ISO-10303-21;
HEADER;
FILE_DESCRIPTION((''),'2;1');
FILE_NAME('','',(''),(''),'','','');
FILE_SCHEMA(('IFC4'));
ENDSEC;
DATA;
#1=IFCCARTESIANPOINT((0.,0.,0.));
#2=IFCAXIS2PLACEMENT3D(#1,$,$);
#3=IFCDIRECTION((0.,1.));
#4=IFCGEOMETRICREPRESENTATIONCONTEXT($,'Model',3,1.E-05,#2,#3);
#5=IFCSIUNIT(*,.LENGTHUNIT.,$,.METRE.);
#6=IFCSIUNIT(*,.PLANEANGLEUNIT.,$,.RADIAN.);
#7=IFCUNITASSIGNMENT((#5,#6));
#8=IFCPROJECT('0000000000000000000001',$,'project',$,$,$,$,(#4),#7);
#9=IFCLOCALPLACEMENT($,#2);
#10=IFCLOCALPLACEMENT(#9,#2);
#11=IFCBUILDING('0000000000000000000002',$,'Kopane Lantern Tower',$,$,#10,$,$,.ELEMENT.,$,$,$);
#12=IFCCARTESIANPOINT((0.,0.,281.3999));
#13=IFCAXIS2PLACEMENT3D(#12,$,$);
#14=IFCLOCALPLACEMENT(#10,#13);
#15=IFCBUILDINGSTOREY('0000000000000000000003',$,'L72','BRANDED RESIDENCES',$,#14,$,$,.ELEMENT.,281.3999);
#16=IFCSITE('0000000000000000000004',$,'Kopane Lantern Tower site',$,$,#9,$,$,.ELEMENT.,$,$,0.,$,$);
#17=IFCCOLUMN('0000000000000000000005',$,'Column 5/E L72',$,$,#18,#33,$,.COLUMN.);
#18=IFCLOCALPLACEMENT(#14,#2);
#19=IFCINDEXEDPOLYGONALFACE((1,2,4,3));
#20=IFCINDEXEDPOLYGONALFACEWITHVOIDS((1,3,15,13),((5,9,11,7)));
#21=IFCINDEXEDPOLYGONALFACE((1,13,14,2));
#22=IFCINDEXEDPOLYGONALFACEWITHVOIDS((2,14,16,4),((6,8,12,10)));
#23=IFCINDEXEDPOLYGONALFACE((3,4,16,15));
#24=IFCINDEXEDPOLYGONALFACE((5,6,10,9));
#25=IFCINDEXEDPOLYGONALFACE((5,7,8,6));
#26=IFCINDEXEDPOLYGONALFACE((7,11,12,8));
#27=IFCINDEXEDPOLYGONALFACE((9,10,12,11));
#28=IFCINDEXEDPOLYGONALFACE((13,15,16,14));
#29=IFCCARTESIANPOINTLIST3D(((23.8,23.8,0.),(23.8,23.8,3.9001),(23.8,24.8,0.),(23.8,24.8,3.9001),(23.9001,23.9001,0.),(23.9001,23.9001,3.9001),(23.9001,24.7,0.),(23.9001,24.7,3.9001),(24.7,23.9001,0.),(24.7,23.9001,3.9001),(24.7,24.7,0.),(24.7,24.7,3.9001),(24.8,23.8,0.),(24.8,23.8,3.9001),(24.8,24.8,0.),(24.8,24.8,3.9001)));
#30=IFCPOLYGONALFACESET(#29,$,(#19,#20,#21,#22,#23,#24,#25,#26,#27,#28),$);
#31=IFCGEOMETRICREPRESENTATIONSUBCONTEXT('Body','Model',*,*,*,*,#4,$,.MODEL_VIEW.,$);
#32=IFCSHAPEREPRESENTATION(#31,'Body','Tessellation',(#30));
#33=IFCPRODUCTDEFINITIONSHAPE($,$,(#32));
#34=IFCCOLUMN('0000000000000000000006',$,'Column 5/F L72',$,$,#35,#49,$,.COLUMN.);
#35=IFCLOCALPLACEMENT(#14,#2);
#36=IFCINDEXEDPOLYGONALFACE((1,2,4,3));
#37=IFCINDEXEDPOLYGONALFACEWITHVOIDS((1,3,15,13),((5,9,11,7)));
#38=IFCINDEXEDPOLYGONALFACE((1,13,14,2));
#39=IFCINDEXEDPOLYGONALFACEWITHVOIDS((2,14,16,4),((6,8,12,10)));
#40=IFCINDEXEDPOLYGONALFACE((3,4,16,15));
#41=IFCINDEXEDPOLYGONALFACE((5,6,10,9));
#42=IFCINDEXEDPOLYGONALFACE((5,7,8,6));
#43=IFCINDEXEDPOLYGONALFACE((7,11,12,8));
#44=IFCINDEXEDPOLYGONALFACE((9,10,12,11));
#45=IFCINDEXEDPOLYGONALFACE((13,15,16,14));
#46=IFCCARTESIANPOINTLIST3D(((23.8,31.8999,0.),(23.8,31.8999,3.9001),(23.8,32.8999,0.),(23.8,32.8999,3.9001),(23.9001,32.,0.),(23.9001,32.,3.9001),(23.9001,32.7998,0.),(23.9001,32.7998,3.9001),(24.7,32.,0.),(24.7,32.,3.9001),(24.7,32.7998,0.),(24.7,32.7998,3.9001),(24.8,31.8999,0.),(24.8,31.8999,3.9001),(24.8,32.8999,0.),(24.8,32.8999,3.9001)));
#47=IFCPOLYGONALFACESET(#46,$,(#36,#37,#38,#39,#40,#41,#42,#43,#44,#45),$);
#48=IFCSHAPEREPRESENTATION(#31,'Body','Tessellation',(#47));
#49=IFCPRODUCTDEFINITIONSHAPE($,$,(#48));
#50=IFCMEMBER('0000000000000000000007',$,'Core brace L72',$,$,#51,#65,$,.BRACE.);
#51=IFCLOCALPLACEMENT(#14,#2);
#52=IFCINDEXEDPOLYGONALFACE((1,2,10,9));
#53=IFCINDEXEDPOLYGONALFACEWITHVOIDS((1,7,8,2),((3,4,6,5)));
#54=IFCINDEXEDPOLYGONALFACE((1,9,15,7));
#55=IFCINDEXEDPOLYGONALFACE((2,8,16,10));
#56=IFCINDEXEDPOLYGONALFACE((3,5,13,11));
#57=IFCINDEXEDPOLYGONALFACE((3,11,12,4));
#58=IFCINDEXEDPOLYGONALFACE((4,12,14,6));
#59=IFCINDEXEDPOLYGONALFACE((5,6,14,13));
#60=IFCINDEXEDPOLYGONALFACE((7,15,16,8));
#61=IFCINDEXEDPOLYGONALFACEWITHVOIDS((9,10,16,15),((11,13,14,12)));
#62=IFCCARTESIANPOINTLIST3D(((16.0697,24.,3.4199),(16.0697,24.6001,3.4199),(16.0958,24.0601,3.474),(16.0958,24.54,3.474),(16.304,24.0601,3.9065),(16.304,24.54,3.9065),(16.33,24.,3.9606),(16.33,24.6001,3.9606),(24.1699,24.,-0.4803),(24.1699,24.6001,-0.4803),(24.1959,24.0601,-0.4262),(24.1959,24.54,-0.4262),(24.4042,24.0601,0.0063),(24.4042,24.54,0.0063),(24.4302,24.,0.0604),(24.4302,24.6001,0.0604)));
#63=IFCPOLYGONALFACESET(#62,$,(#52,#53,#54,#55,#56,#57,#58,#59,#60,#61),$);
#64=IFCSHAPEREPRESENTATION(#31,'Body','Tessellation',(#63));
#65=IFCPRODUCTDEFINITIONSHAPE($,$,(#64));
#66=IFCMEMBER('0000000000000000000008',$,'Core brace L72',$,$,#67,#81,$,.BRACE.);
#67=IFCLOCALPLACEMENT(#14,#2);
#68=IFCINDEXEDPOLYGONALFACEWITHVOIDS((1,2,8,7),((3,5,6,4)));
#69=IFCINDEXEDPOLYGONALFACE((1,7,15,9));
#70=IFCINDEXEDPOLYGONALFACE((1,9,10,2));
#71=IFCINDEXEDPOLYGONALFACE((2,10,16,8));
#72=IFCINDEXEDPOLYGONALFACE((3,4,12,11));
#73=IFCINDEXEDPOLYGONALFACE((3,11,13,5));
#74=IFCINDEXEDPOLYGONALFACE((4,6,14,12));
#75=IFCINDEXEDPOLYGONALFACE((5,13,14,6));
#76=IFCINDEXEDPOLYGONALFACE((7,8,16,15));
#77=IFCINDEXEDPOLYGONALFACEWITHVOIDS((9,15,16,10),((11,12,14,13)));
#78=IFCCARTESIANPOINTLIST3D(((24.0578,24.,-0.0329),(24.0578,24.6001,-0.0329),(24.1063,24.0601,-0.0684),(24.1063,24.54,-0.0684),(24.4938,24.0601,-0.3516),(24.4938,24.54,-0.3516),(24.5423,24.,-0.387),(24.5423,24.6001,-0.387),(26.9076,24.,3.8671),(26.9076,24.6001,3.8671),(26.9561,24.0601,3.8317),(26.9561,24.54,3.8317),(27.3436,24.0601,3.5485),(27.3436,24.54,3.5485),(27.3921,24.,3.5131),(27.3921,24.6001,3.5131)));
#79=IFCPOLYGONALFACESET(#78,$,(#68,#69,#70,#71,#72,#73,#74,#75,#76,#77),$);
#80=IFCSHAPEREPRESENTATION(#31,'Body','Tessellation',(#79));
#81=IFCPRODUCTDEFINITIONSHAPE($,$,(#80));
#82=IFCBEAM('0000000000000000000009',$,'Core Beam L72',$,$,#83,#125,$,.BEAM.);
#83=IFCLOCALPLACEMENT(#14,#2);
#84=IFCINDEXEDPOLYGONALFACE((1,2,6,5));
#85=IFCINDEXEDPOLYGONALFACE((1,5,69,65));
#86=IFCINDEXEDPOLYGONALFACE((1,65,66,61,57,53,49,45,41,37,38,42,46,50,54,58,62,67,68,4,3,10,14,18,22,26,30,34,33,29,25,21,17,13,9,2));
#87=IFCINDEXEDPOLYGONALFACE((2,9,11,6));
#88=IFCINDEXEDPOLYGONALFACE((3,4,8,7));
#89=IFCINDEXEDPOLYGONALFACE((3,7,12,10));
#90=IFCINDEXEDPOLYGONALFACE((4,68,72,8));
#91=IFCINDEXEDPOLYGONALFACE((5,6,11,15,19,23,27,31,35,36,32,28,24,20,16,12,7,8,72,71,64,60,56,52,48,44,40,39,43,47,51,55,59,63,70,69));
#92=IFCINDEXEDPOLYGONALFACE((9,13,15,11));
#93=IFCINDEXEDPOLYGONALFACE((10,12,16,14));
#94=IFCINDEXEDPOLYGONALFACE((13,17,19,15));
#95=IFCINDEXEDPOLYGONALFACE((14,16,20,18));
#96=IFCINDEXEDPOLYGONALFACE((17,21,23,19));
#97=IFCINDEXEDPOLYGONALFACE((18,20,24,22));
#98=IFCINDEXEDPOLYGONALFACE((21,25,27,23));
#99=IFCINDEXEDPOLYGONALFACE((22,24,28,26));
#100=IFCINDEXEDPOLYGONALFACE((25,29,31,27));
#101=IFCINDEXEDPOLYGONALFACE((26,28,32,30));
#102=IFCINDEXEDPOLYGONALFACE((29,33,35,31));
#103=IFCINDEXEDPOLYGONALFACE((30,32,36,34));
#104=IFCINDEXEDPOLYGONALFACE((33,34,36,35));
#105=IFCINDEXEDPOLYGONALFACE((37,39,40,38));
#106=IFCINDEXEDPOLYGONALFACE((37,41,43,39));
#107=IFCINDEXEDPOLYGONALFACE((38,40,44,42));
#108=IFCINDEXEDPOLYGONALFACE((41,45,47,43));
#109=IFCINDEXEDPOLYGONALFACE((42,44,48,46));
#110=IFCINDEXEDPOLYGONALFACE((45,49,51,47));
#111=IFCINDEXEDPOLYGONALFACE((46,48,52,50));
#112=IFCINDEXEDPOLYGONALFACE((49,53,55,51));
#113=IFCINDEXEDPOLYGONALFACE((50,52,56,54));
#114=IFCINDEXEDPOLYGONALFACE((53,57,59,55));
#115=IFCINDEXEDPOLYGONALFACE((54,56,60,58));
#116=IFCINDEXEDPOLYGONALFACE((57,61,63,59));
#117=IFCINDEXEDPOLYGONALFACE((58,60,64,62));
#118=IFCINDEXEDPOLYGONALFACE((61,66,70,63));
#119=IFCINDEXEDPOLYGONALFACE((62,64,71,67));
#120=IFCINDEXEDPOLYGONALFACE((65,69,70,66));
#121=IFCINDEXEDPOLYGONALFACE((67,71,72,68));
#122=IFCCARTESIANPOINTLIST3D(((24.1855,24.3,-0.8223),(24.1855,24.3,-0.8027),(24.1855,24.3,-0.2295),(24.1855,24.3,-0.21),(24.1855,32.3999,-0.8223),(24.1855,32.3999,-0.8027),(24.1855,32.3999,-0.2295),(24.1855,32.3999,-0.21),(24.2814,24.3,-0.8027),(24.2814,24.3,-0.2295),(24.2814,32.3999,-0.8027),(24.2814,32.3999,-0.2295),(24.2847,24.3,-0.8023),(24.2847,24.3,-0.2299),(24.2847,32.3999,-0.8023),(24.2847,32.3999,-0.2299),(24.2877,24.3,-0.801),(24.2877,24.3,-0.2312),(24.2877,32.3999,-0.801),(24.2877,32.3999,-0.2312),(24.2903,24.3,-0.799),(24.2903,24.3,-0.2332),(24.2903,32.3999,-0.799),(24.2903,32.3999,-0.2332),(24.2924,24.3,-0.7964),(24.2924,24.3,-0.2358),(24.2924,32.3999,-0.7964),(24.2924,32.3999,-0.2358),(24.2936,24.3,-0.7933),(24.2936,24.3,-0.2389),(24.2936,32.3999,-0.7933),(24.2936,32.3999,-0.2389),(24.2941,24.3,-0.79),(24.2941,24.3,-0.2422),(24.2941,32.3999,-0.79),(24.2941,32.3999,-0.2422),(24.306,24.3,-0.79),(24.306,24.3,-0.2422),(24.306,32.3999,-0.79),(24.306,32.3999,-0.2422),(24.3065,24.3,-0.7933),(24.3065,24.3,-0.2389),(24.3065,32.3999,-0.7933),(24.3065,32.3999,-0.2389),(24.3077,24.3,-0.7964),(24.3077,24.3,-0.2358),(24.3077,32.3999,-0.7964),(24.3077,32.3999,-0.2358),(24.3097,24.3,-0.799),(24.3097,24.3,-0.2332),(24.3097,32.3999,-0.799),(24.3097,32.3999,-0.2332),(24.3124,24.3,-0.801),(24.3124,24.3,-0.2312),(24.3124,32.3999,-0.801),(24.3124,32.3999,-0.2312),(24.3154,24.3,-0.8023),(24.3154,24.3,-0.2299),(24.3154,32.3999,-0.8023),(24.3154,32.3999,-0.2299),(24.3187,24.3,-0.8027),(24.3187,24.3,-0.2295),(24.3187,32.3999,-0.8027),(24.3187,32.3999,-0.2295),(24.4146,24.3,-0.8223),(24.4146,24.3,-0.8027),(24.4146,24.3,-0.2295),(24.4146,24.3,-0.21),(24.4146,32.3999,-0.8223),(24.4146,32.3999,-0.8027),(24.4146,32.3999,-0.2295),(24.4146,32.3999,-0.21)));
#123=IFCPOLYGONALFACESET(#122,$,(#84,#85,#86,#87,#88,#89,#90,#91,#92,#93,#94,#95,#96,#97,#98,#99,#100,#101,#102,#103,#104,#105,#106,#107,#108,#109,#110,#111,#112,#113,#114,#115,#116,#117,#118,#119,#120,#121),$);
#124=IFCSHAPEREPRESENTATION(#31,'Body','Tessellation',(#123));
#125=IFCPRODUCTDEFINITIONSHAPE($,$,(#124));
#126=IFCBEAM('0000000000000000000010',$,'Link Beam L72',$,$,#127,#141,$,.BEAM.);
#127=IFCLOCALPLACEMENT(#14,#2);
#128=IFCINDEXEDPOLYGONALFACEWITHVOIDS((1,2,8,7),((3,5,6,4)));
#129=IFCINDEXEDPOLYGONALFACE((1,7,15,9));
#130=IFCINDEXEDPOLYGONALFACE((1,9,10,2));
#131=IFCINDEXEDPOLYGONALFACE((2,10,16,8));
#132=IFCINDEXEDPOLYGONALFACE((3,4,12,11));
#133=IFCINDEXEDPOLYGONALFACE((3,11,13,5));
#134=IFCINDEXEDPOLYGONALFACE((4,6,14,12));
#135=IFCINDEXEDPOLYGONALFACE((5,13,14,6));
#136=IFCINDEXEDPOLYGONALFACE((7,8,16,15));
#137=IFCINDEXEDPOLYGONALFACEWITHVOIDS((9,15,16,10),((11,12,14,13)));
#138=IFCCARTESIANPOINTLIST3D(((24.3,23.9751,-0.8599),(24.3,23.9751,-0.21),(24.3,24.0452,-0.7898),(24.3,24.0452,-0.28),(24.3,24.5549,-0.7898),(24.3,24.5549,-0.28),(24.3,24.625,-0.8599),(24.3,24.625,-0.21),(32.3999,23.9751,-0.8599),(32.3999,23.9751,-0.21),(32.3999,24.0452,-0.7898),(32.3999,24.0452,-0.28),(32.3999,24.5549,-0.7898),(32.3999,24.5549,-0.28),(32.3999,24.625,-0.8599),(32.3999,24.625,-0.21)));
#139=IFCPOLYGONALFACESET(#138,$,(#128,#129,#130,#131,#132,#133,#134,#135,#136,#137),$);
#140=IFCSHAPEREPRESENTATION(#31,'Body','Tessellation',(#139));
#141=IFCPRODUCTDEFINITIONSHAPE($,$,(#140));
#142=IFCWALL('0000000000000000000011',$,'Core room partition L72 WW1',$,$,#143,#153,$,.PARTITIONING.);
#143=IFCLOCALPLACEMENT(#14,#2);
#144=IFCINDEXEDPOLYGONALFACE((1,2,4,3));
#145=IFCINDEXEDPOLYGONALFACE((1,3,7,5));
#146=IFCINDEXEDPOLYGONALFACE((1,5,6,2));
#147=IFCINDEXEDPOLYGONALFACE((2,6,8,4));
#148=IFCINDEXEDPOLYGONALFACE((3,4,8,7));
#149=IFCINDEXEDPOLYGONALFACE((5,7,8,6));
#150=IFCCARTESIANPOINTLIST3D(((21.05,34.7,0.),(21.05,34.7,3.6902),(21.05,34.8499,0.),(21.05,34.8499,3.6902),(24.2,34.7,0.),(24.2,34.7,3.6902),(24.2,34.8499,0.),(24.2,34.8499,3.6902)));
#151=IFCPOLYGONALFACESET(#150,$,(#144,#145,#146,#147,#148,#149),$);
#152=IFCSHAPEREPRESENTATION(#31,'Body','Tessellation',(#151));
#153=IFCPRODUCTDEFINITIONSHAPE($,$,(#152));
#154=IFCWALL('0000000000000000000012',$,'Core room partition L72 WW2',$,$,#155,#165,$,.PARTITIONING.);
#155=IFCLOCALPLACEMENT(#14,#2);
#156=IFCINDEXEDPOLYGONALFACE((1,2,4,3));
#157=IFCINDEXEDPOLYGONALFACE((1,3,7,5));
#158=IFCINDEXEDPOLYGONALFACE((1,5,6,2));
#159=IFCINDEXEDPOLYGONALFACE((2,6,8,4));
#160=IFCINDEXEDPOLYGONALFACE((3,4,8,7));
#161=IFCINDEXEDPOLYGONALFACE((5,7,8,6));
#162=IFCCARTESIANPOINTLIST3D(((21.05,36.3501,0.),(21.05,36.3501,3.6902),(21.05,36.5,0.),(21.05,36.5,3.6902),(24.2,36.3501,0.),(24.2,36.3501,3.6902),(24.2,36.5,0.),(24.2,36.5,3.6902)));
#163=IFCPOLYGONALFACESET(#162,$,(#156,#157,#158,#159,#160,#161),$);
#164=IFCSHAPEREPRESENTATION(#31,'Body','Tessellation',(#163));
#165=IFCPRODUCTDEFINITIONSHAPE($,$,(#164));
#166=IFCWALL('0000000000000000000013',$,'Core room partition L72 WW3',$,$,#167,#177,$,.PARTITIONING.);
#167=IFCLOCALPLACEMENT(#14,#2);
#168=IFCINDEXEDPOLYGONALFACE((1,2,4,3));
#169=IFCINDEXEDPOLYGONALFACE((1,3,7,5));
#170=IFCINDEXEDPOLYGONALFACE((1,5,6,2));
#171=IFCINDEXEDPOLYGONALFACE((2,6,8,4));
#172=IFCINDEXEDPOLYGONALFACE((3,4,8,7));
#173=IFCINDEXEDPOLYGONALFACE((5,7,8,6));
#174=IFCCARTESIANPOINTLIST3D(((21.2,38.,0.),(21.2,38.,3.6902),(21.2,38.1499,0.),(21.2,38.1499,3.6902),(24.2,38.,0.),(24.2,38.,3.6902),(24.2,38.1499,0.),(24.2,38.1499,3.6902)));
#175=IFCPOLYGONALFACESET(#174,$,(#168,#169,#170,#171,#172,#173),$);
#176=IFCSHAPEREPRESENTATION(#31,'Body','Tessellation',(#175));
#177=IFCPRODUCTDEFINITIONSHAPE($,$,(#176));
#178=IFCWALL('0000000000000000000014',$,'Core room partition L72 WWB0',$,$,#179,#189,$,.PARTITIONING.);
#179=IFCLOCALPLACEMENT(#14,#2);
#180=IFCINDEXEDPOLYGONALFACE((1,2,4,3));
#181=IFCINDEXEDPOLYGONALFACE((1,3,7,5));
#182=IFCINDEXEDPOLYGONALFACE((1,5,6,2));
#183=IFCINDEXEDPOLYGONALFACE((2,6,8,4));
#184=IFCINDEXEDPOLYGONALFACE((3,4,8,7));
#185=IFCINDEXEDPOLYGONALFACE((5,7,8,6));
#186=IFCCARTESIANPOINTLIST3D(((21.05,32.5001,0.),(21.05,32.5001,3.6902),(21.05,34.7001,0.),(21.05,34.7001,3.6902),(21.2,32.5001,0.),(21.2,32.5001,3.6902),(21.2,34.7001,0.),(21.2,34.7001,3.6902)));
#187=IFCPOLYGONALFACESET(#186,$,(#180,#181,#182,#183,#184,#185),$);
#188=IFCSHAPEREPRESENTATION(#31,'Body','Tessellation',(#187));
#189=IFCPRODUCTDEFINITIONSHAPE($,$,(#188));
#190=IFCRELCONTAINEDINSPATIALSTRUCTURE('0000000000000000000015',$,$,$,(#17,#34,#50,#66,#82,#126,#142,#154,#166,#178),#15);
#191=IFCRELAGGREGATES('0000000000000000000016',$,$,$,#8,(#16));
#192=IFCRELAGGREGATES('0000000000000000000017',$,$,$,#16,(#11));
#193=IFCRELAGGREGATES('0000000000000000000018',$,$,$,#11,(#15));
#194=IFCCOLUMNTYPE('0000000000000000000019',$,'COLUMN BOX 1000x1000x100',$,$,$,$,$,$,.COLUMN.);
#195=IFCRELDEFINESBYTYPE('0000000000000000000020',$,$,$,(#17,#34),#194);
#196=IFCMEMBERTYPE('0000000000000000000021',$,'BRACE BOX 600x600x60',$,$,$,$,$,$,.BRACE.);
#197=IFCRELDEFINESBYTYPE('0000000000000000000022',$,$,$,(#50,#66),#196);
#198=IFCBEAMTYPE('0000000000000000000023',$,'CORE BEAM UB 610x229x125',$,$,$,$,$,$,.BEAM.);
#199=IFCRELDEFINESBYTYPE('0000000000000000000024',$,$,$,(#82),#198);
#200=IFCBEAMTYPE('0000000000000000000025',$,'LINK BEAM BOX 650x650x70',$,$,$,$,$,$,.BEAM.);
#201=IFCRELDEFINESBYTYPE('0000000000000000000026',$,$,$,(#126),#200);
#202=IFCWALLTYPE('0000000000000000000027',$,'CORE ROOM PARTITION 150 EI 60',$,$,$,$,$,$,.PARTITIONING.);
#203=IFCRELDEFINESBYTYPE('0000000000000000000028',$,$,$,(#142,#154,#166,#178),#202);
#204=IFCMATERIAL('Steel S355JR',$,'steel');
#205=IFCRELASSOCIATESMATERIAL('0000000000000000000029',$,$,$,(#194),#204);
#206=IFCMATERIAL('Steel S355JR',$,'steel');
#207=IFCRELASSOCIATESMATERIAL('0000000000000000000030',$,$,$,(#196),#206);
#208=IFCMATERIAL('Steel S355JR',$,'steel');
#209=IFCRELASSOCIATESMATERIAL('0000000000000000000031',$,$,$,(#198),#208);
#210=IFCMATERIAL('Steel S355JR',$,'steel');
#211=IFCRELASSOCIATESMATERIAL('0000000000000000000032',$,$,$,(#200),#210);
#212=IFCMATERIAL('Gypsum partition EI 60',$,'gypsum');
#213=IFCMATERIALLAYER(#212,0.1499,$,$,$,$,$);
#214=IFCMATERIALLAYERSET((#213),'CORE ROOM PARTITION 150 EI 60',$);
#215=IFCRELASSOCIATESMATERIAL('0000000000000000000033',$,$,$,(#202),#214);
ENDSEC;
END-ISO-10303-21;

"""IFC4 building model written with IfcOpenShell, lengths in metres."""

from ifc_helpers import new_model, si_unit, direction, frame, frame_2d, origin, origin_2d, place, context, subcontext, project, spatial, rectangle, hollow_rectangle, i_section, extrude, material, layer, layer_set, material_profile, profile_set, type_object, element, save


model = new_model("IFC4")

# Units and contexts
model_context = context("Model", 3, precision=1e-05, world=origin(), true_north=direction((0.0, 1.0)))
body_context = subcontext(model_context, "Body", "Model", "MODEL_VIEW")
ifc_project = project(units=[si_unit("LENGTHUNIT", "METRE"), si_unit("PLANEANGLEUNIT", "RADIAN")], contexts=[model_context])

# Site, building, storey
site_placement = place(None, origin())
site = spatial("IfcSite", under=ifc_project, at=site_placement, Name="Kopane Lantern Tower site", CompositionType="ELEMENT", RefElevation=0.0)
building_placement = place(site_placement, origin())
building = spatial("IfcBuilding", under=site, at=building_placement, Name="Kopane Lantern Tower", CompositionType="ELEMENT")
storey_placement = place(building_placement, frame((0.0, 0.0, 281.3999)))
storey = spatial("IfcBuildingStorey", under=building, at=storey_placement, Name="L72", Description="BRANDED RESIDENCES", CompositionType="ELEMENT", Elevation=281.3999)

# Columns
ifc_material_1 = material(Name="Steel S355JR", Category="steel")
ifc_material_profile_1 = material_profile(ifc_material_1, hollow_rectangle(XDim=1.0, YDim=1.0, WallThickness=0.1001, at=origin_2d()), Name="BOX 1000x1000x100")
ifc_profile_set_1 = profile_set([ifc_material_profile_1], Name="Steel S355JR")
column_type = type_object("IfcColumnType", Name="COLUMN BOX 1000x1000x100", PredefinedType="COLUMN", material=ifc_profile_set_1)
for number, where, z_axis, x_axis, name in (
    (1, (24.3, 24.3, 0.0), (0.0, 0.0, 1.0), (1.0, 0.0, 0.0), "Column 5/E L72"),
    (2, (24.3, 32.3999, 0.0), (0.0, 0.0, 1.0), (1.0, 0.0, 0.0), "Column 5/F L72"),
):
    element("IfcColumn", number, at=place(storey_placement, frame(where, z_axis=z_axis, x_axis=x_axis)), inside=storey, type_object=column_type, Name=name, PredefinedType="COLUMN", context=body_context, shape_type="SweptSolid", body=[
        extrude(hollow_rectangle(XDim=1.0, YDim=1.0, WallThickness=0.1001, at=origin_2d()), origin(), (0.0, 0.0, 1.0), 3.9001),
    ])

# Members
ifc_material_2 = material(Name="Steel S355JR", Category="steel")
ifc_material_profile_2 = material_profile(ifc_material_2, hollow_rectangle(XDim=0.6001, YDim=0.6001, WallThickness=0.0601, at=origin_2d()), Name="BOX 600x600x60")
ifc_profile_set_2 = profile_set([ifc_material_profile_2], Name="Steel S355JR")
member_type = type_object("IfcMemberType", Name="BRACE BOX 600x600x60", PredefinedType="BRACE", material=ifc_profile_set_2)
member_1_placement = place(storey_placement, frame((24.3, 24.3, -0.21), z_axis=(-0.900997, 0.0, 0.433825), x_axis=(0.0, -1.0, 0.0)))
element("IfcMember", 3, at=member_1_placement, inside=storey, type_object=member_type, Name="Core brace L72", PredefinedType="BRACE", context=body_context, shape_type="SweptSolid", body=[
    extrude(hollow_rectangle(XDim=0.6001, YDim=0.6001, WallThickness=0.0601, at=origin_2d()), origin(), (0.0, 0.0, 1.0), 8.9902),
])
member_2_placement = place(storey_placement, frame((24.3, 24.3, -0.21), z_axis=(0.589982, 0.0, 0.807416), x_axis=(0.0, 1.0, 0.0)))
element("IfcMember", 4, at=member_2_placement, inside=storey, type_object=member_type, Name="Core brace L72", PredefinedType="BRACE", context=body_context, shape_type="SweptSolid", body=[
    extrude(hollow_rectangle(XDim=0.6001, YDim=0.6001, WallThickness=0.0601, at=origin_2d()), origin(), (0.0, 0.0, 1.0), 4.8303),
])

# Beams
ifc_material_3 = material(Name="Steel S355JR", Category="steel")
ifc_material_profile_3 = material_profile(ifc_material_3, i_section(OverallWidth=0.229, OverallDepth=0.6123, WebThickness=0.012, FlangeThickness=0.0195, FilletRadius=0.0127, at=origin_2d()), Name="UB 610x229x125")
ifc_profile_set_3 = profile_set([ifc_material_profile_3], Name="Steel S355JR")
beam_type_1 = type_object("IfcBeamType", Name="CORE BEAM UB 610x229x125", PredefinedType="BEAM", material=ifc_profile_set_3)
beam_1_placement = place(storey_placement, frame((24.3, 24.3, -0.5161), z_axis=(0.0, 1.0, 0.0), x_axis=(-1.0, 0.0, 0.0)))
element("IfcBeam", 5, at=beam_1_placement, inside=storey, type_object=beam_type_1, Name="Core Beam L72", PredefinedType="BEAM", context=body_context, shape_type="SweptSolid", body=[
    extrude(i_section(OverallWidth=0.229, OverallDepth=0.6123, WebThickness=0.012, FlangeThickness=0.0195, FilletRadius=0.0127, at=origin_2d()), origin(), (0.0, 0.0, 1.0), 8.0999),
])
ifc_material_4 = material(Name="Steel S355JR", Category="steel")
ifc_material_profile_4 = material_profile(ifc_material_4, hollow_rectangle(XDim=0.6499, YDim=0.6499, WallThickness=0.0701, at=origin_2d()), Name="BOX 650x650x70")
ifc_profile_set_4 = profile_set([ifc_material_profile_4], Name="Steel S355JR")
beam_type_2 = type_object("IfcBeamType", Name="LINK BEAM BOX 650x650x70", PredefinedType="BEAM", material=ifc_profile_set_4)
beam_2_placement = place(storey_placement, frame((24.3, 24.3, -0.5349), z_axis=(1.0, 0.0, 0.0), x_axis=(0.0, 1.0, 0.0)))
element("IfcBeam", 6, at=beam_2_placement, inside=storey, type_object=beam_type_2, Name="Link Beam L72", PredefinedType="BEAM", context=body_context, shape_type="SweptSolid", body=[
    extrude(hollow_rectangle(XDim=0.6499, YDim=0.6499, WallThickness=0.0701, at=origin_2d()), origin(), (0.0, 0.0, 1.0), 8.0999),
])

# Walls
ifc_material_5 = material(Name="Gypsum partition EI 60", Category="gypsum")
ifc_layer_1 = layer(ifc_material_5, 0.1499)
ifc_layer_set_1 = layer_set([ifc_layer_1], Name="CORE ROOM PARTITION 150 EI 60")
wall_type_1 = type_object("IfcWallType", Name="CORE ROOM PARTITION 150 EI 60", PredefinedType="PARTITIONING", material=ifc_layer_set_1)
for number, where, z_axis, x_axis, name in (
    (7, (21.05, 34.7749, 0.0), (0.0, 0.0, 1.0), (1.0, 0.0, 0.0), "Core room partition L72 WW1"),
    (8, (21.05, 36.425, 0.0), (0.0, 0.0, 1.0), (1.0, 0.0, 0.0), "Core room partition L72 WW2"),
):
    element("IfcWall", number, at=place(storey_placement, frame(where, z_axis=z_axis, x_axis=x_axis)), inside=storey, type_object=wall_type_1, Name=name, PredefinedType="PARTITIONING", context=body_context, shape_type="SweptSolid", body=[
        extrude(rectangle(XDim=3.1499, YDim=0.1499, at=frame_2d((1.575, 0.0))), origin(), (0.0, 0.0, 1.0), 3.6902),
    ])
wall_1_placement = place(storey_placement, frame((21.2, 38.075, 0.0), z_axis=(0.0, 0.0, 1.0), x_axis=(1.0, 0.0, 0.0)))
element("IfcWall", 9, at=wall_1_placement, inside=storey, type_object=wall_type_1, Name="Core room partition L72 WW3", PredefinedType="PARTITIONING", context=body_context, shape_type="SweptSolid", body=[
    extrude(rectangle(XDim=3.0, YDim=0.1499, at=frame_2d((1.5, 0.0))), origin(), (0.0, 0.0, 1.0), 3.6902),
])
wall_2_placement = place(storey_placement, frame((21.125, 32.5, 0.0), z_axis=(0.0, 0.0, 1.0), x_axis=(0.0, 1.0, 0.0)))
element("IfcWall", 10, at=wall_2_placement, inside=storey, type_object=wall_type_1, Name="Core room partition L72 WWB0", PredefinedType="PARTITIONING", context=body_context, shape_type="SweptSolid", body=[
    extrude(rectangle(XDim=2.2, YDim=0.1499, at=frame_2d((1.1001, 0.0))), origin(), (0.0, 0.0, 1.0), 3.6902),
])

save(model, "model.ifc")
